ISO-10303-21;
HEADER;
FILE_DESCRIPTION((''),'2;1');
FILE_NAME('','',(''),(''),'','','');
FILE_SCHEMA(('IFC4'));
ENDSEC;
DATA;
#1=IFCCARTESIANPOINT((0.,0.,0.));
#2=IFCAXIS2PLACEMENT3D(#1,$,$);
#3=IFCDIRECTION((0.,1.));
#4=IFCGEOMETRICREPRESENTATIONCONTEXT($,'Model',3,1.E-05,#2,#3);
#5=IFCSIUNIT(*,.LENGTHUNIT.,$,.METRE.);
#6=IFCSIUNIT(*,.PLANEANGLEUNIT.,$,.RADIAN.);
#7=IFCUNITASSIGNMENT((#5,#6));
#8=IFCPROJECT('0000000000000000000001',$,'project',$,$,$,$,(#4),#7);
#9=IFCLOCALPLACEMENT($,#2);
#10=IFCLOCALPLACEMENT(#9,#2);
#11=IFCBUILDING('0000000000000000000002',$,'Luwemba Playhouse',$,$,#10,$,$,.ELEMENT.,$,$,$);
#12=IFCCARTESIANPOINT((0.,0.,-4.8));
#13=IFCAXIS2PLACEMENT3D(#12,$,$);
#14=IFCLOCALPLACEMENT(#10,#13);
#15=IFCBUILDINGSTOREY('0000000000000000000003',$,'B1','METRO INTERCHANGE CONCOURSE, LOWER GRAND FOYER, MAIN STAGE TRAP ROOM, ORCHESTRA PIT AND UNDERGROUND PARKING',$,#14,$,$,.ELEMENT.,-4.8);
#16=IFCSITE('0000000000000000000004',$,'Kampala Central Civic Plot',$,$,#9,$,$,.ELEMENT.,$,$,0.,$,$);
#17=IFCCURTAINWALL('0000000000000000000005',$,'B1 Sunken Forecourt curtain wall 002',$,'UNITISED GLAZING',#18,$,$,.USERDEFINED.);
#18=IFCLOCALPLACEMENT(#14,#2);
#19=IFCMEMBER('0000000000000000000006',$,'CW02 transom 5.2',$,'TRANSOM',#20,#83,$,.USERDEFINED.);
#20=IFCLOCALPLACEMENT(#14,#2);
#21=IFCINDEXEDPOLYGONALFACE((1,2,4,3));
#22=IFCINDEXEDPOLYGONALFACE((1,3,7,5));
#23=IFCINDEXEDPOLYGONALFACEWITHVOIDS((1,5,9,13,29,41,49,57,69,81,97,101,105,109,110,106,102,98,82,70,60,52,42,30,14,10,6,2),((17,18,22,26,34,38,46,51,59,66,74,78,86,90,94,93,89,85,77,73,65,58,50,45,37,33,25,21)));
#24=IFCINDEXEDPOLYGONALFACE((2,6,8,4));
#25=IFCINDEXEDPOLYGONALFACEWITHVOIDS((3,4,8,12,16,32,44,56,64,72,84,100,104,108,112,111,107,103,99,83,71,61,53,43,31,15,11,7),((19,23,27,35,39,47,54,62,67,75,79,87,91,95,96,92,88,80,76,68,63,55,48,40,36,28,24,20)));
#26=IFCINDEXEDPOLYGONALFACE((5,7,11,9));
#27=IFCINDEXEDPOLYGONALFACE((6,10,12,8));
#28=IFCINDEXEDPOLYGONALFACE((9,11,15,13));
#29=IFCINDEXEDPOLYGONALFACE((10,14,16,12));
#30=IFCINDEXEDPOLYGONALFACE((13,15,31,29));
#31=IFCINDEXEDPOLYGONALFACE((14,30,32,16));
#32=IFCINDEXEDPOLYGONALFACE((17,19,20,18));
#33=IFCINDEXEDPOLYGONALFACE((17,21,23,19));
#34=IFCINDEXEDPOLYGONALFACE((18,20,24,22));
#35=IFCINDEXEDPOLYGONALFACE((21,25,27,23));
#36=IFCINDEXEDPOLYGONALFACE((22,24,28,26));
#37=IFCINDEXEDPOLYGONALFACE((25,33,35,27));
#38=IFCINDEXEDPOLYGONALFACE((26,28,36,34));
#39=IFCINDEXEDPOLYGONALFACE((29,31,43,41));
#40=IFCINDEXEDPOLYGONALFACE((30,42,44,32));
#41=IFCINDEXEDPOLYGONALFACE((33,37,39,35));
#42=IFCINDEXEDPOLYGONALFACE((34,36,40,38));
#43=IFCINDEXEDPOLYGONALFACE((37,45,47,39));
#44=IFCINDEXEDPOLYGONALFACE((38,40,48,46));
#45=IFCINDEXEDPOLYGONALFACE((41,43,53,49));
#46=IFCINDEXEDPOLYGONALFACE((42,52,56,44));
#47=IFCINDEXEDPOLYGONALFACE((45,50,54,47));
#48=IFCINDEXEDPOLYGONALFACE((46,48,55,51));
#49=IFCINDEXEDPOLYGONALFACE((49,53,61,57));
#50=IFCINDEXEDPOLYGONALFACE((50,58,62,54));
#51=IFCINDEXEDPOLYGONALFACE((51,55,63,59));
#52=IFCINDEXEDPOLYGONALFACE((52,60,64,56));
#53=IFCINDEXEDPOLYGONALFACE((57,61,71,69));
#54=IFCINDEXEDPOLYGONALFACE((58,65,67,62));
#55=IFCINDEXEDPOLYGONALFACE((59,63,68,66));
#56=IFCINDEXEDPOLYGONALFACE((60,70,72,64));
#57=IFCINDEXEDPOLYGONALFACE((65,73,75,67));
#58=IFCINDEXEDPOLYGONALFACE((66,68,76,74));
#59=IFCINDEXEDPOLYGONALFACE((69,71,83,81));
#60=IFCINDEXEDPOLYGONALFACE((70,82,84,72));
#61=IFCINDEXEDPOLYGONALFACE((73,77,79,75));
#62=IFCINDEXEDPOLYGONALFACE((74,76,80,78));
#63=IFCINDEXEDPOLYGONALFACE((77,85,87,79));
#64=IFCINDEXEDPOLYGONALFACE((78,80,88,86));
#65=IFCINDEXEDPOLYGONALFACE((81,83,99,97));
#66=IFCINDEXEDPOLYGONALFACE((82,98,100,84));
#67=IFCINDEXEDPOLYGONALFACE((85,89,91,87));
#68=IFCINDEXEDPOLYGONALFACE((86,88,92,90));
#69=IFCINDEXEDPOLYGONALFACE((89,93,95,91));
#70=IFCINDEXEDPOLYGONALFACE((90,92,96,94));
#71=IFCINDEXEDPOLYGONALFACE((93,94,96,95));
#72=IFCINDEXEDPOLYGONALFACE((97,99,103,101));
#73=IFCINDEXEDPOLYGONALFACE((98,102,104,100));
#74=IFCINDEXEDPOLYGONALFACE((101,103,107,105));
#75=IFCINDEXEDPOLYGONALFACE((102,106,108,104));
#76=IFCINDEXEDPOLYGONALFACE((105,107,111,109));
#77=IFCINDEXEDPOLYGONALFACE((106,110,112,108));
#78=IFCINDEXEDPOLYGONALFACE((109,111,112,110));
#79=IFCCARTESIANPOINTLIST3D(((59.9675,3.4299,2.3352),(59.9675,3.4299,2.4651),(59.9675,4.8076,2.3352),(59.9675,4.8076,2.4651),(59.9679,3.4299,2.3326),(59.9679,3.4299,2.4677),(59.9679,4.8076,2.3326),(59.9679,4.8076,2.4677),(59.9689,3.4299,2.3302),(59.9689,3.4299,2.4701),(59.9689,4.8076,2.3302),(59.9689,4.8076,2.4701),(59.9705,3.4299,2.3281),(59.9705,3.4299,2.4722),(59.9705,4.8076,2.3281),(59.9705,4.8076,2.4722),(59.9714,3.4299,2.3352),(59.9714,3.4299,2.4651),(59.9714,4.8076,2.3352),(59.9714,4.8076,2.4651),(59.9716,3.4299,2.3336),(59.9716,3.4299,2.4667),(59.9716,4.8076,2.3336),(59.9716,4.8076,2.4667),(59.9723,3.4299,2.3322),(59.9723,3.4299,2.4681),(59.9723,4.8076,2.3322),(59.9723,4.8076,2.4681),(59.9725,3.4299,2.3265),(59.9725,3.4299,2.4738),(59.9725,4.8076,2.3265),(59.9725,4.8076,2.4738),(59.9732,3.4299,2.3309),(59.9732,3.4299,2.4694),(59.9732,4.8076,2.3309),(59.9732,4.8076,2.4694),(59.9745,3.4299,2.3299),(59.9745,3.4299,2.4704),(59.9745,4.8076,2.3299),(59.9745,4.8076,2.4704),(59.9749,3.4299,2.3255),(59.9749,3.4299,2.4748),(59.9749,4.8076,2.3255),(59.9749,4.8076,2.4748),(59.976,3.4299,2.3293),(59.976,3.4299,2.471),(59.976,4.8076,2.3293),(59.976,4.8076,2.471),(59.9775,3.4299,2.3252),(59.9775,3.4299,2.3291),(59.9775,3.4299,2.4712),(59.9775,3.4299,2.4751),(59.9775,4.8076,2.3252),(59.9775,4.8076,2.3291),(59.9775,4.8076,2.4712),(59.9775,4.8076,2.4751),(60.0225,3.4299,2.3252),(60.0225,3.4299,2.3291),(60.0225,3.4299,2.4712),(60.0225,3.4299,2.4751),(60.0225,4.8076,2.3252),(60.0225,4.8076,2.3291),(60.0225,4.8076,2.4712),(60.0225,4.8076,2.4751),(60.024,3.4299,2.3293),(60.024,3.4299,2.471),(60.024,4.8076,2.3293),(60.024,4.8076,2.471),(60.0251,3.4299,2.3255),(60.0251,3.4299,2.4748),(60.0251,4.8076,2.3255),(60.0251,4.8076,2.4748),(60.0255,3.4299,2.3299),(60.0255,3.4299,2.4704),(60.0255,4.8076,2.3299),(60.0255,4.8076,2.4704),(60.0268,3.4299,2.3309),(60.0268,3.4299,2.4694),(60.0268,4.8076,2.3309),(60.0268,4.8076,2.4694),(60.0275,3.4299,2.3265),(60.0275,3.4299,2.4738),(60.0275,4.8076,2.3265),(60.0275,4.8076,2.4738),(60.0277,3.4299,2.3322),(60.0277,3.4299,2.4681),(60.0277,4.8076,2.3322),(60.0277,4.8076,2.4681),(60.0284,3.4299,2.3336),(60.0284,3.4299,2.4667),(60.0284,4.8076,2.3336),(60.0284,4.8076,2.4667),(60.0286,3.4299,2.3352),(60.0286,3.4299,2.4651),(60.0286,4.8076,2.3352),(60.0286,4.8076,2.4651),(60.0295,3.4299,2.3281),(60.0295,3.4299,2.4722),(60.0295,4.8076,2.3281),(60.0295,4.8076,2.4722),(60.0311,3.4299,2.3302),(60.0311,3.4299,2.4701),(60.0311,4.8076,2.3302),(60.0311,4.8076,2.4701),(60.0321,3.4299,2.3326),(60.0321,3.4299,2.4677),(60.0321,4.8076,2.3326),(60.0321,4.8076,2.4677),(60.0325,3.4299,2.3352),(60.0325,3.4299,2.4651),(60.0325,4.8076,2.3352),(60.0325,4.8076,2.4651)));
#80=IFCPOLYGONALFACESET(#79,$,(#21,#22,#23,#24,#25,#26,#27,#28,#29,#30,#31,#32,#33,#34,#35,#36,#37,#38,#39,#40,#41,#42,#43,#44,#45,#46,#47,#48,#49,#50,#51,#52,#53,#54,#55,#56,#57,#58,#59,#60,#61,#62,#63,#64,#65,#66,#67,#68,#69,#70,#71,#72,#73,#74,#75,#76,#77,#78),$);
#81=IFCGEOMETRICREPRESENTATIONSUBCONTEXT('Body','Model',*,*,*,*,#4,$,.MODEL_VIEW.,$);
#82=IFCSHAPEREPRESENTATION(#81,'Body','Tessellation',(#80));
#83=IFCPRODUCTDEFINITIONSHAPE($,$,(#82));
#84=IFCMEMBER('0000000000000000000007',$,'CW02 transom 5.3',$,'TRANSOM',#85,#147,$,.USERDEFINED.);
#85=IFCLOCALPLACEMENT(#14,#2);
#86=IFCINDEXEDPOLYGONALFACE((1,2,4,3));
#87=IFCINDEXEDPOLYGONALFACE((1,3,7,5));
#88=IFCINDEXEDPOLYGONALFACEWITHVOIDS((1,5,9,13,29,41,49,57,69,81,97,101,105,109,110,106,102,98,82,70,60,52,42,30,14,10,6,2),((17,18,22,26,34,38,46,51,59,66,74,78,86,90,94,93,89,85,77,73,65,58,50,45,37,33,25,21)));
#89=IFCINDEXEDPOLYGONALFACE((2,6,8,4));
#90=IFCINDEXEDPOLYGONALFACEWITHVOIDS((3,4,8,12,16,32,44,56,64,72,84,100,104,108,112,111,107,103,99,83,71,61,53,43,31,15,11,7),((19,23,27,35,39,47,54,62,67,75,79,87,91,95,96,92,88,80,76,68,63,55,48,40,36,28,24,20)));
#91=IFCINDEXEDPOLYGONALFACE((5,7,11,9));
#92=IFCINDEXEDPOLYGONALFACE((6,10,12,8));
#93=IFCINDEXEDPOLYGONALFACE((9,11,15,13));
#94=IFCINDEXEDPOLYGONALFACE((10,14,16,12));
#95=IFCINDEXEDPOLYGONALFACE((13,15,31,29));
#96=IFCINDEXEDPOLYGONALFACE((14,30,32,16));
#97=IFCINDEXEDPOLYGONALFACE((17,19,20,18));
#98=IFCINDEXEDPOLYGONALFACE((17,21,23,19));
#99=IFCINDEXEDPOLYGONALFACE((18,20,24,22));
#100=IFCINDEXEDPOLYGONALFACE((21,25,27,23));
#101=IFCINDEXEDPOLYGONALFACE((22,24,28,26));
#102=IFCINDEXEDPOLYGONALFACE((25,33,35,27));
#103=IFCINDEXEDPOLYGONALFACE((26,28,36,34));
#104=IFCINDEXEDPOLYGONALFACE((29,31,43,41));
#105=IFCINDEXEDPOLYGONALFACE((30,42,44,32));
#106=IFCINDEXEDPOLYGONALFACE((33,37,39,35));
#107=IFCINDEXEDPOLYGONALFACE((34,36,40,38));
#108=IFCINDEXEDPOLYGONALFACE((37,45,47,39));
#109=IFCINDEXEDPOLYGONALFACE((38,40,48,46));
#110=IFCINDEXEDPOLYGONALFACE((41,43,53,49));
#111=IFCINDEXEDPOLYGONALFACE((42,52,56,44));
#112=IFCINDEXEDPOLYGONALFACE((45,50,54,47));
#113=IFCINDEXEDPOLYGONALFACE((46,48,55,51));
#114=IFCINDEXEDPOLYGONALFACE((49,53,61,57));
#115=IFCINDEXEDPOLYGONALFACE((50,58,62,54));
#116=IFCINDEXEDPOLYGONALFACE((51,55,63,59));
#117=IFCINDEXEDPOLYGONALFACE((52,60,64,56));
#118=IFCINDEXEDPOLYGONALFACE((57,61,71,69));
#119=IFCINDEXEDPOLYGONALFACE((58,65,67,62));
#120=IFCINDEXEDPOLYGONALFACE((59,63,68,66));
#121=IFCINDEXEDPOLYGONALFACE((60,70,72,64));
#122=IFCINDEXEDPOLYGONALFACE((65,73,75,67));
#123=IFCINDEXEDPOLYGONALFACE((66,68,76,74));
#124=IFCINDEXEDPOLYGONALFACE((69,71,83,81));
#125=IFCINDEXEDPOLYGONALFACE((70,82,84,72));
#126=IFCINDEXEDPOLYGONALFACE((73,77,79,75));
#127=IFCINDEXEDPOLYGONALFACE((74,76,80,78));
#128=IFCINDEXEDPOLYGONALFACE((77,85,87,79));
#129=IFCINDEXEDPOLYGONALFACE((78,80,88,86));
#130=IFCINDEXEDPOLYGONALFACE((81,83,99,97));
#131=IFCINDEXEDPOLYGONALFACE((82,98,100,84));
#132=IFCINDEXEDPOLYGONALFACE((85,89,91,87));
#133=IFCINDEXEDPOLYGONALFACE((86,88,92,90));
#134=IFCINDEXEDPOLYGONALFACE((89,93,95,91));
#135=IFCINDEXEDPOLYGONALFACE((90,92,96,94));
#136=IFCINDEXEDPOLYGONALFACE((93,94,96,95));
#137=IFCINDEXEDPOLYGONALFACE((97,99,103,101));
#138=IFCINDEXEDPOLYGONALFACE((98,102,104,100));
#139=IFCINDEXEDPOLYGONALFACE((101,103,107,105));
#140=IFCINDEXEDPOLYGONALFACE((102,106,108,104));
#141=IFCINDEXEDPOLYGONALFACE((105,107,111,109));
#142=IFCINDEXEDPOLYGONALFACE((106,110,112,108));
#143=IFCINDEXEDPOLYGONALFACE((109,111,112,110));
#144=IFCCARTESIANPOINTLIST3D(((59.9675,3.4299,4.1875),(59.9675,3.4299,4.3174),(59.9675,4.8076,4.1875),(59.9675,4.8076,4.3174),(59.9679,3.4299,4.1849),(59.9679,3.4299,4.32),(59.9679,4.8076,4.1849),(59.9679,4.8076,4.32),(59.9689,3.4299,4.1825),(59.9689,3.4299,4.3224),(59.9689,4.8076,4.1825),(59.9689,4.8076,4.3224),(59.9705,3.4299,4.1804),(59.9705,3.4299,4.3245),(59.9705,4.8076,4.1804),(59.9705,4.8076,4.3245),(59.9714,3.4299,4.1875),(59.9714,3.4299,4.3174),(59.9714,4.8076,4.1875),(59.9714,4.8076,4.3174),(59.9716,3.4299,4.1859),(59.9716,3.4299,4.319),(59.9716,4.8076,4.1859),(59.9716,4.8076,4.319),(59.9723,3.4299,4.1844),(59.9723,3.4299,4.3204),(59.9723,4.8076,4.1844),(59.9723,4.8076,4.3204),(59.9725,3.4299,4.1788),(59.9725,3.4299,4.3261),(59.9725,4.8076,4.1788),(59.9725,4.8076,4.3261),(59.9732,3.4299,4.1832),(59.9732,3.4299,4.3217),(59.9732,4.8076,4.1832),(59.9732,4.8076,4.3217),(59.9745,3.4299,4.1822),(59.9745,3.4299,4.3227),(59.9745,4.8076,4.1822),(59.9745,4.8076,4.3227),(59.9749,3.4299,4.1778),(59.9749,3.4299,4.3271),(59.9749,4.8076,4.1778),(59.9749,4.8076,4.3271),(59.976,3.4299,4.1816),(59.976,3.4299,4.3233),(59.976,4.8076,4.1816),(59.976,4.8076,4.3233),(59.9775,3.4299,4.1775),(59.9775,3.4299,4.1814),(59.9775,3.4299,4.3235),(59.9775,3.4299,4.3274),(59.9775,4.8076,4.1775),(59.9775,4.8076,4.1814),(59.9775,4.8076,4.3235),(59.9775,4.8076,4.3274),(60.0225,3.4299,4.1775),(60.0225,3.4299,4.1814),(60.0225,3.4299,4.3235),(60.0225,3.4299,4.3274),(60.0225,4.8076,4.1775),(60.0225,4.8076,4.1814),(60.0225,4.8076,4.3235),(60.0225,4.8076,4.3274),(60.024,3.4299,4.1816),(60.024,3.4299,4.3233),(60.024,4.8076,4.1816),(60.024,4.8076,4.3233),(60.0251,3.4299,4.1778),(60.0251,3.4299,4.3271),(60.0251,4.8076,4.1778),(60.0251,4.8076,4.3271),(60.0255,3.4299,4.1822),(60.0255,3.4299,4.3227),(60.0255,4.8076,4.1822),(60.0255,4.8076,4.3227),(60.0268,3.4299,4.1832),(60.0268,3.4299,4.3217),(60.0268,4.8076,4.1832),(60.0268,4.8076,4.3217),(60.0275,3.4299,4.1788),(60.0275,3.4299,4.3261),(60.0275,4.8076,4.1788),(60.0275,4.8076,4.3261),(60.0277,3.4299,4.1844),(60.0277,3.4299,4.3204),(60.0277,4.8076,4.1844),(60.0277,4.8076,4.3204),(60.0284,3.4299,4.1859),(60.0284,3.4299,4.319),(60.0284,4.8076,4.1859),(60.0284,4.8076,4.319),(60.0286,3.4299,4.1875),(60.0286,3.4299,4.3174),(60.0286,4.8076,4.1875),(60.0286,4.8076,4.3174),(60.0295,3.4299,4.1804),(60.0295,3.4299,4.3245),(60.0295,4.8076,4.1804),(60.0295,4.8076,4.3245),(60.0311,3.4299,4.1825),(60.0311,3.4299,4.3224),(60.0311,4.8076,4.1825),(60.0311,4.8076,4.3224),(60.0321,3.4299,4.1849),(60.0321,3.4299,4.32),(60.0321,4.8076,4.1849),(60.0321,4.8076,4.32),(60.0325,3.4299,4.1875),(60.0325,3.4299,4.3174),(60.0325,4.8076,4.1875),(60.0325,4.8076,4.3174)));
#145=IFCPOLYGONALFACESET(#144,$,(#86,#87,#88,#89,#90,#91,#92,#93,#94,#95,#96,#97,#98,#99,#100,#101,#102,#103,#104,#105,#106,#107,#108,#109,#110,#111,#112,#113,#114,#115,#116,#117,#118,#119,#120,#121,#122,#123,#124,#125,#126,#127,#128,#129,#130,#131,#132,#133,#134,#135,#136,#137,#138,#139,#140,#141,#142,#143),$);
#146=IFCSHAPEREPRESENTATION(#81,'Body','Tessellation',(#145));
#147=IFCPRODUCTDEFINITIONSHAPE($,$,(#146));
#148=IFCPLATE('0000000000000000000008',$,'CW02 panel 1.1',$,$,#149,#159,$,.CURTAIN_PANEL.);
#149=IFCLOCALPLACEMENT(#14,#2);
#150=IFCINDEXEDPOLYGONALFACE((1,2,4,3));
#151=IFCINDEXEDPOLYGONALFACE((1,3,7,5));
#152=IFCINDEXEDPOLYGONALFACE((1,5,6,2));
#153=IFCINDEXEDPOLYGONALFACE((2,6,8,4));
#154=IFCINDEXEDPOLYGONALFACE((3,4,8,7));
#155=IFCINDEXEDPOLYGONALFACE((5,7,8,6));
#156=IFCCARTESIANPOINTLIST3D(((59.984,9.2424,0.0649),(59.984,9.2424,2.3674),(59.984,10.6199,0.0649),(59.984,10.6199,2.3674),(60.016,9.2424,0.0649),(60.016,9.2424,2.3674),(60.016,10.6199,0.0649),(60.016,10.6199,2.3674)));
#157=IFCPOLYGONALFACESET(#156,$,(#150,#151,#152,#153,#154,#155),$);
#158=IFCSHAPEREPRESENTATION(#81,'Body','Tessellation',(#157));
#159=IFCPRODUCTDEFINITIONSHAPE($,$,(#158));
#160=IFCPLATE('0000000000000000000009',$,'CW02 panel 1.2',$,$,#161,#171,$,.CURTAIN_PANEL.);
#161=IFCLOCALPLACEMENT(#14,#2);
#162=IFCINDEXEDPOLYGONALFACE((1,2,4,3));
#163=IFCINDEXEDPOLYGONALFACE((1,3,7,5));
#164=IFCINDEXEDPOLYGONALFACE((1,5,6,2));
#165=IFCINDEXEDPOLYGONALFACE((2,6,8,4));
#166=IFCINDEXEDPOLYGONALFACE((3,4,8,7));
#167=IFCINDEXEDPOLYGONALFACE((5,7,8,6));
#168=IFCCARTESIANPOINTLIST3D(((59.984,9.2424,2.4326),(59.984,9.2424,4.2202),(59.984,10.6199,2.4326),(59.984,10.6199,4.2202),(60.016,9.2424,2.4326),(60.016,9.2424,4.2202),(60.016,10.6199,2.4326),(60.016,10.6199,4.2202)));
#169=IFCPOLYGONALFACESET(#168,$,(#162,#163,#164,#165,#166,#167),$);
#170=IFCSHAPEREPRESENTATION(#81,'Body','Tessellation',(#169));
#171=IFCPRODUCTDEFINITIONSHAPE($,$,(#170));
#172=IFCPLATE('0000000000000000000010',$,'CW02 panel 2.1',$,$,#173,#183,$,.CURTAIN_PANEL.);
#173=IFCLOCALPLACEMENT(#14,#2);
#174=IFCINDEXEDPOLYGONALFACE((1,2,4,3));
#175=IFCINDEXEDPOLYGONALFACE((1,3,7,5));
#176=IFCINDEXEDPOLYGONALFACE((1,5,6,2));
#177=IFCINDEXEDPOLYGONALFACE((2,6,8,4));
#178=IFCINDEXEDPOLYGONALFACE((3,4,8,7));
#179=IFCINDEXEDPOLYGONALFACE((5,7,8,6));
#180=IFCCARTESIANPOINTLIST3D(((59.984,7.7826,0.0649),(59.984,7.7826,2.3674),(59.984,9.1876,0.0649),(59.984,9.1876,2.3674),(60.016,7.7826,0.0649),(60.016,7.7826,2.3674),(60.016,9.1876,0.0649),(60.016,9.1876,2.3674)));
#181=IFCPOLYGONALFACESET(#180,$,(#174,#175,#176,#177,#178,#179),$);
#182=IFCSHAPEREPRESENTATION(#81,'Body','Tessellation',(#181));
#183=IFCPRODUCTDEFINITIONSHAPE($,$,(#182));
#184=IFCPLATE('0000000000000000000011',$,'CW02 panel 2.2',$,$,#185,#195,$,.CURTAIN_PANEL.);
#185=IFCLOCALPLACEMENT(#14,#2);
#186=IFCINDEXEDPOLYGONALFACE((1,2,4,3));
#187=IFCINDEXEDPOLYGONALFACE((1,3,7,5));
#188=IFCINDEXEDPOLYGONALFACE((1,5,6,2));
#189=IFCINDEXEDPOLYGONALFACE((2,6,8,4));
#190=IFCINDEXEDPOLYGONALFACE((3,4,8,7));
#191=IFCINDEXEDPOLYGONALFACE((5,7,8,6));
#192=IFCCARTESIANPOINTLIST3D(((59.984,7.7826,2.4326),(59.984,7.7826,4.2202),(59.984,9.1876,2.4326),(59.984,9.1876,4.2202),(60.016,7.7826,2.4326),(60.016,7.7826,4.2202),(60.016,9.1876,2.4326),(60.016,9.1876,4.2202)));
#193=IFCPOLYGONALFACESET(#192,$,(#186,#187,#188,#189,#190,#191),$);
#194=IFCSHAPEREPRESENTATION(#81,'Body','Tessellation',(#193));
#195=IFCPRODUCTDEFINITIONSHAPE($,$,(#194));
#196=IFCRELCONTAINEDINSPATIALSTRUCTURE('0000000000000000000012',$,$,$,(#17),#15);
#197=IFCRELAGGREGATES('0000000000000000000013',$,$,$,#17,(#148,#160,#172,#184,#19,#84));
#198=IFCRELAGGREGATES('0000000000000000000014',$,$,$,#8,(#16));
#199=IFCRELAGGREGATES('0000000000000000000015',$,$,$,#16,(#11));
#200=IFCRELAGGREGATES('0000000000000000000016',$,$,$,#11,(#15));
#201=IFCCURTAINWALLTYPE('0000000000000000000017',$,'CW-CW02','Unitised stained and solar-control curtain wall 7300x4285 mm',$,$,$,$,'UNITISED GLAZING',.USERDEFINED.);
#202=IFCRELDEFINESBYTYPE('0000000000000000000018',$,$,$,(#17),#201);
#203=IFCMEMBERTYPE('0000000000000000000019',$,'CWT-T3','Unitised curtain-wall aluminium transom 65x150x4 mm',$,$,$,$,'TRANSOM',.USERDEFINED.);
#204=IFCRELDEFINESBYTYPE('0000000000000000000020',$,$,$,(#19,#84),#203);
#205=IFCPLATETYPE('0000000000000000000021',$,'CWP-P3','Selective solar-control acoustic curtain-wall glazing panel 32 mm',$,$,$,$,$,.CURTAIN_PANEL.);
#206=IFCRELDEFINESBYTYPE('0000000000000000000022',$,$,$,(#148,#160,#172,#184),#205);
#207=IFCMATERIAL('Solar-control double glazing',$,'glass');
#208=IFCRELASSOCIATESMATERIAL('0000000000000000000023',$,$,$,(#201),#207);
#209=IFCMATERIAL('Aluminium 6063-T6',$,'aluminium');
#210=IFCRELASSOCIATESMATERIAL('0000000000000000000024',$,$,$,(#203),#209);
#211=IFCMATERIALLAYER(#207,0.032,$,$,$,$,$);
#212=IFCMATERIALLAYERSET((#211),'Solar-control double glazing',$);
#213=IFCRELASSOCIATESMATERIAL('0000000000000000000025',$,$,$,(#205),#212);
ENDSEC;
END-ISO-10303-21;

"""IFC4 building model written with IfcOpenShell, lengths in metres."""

from ifc_helpers import new_model, si_unit, direction, frame, origin, origin_2d, place, context, subcontext, project, spatial, rectangle, hollow_rectangle, extrude, material, layer, layer_set, material_profile, profile_set, type_object, element, aggregate, save


model = new_model("IFC4")

# Units and contexts
model_context = context("Model", 3, precision=1e-05, world=origin(), true_north=direction((0.0, 1.0)))
body_context = subcontext(model_context, "Body", "Model", "MODEL_VIEW")
ifc_project = project(units=[si_unit("LENGTHUNIT", "METRE"), si_unit("PLANEANGLEUNIT", "RADIAN")], contexts=[model_context])

# Site, building, storey
site_placement = place(None, origin())
site = spatial("IfcSite", under=ifc_project, at=site_placement, Name="Kampala Central Civic Plot", CompositionType="ELEMENT", RefElevation=0.0)
building_placement = place(site_placement, origin())
building = spatial("IfcBuilding", under=site, at=building_placement, Name="Luwemba Playhouse", CompositionType="ELEMENT")
storey_placement = place(building_placement, frame((0.0, 0.0, -4.8)))
storey = spatial("IfcBuildingStorey", under=building, at=storey_placement, Name="B1", Description="METRO INTERCHANGE CONCOURSE, LOWER GRAND FOYER, MAIN STAGE TRAP ROOM, ORCHESTRA PIT AND UNDERGROUND PARKING", CompositionType="ELEMENT", Elevation=-4.8)

# Curtain wall, members, plates
ifc_material_1 = material(Name="Solar-control double glazing", Category="glass")
curtain_wall_type = type_object("IfcCurtainWallType", Name="CW-CW02", Description="Unitised stained and solar-control curtain wall 7300x4285 mm", ElementType="UNITISED GLAZING", PredefinedType="USERDEFINED", material=ifc_material_1)
curtain_wall_placement = place(storey_placement, origin())
curtain_wall = element("IfcCurtainWall", 1, at=curtain_wall_placement, inside=storey, type_object=curtain_wall_type, Name="B1 Sunken Forecourt curtain wall 002", ObjectType="UNITISED GLAZING", PredefinedType="USERDEFINED")
ifc_material_2 = material(Name="Aluminium 6063-T6", Category="aluminium")
ifc_material_profile_1 = material_profile(ifc_material_2, hollow_rectangle(XDim=0.0649, YDim=0.1499, WallThickness=0.0039, InnerFilletRadius=0.0061, OuterFilletRadius=0.01, at=origin_2d()))
ifc_profile_set_1 = profile_set([ifc_material_profile_1], Name="Aluminium 6063-T6")
member_type_1 = type_object("IfcMemberType", Name="CWT-T3", Description="Unitised curtain-wall aluminium transom 65x150x4 mm", ElementType="TRANSOM", PredefinedType="USERDEFINED", material=ifc_profile_set_1)
member_1_placement = place(storey_placement, frame((60.0, 4.8076, 2.4001), z_axis=(0.0, -1.0, 0.0), x_axis=(1.0, 0.0, 0.0)))
member_1 = element("IfcMember", 2, at=member_1_placement, type_object=member_type_1, Name="CW02 transom 5.2", ObjectType="TRANSOM", PredefinedType="USERDEFINED", context=body_context, shape_type="SweptSolid", body=[
    extrude(hollow_rectangle(XDim=0.0649, YDim=0.1499, WallThickness=0.0039, InnerFilletRadius=0.0061, OuterFilletRadius=0.01, at=origin_2d()), origin(), (0.0, 0.0, 1.0), 1.3777),
])
member_2_placement = place(storey_placement, frame((60.0, 4.8076, 4.2524), z_axis=(0.0, -1.0, 0.0), x_axis=(1.0, 0.0, 0.0)))
member_2 = element("IfcMember", 3, at=member_2_placement, type_object=member_type_1, Name="CW02 transom 5.3", ObjectType="TRANSOM", PredefinedType="USERDEFINED", context=body_context, shape_type="SweptSolid", body=[
    extrude(hollow_rectangle(XDim=0.0649, YDim=0.1499, WallThickness=0.0039, InnerFilletRadius=0.0061, OuterFilletRadius=0.01, at=origin_2d()), origin(), (0.0, 0.0, 1.0), 1.3777),
])
ifc_layer_1 = layer(ifc_material_1, 0.032)
ifc_layer_set_1 = layer_set([ifc_layer_1], Name="Solar-control double glazing")
plate_type = type_object("IfcPlateType", Name="CWP-P3", Description="Selective solar-control acoustic curtain-wall glazing panel 32 mm", PredefinedType="CURTAIN_PANEL", material=ifc_layer_set_1)
plate_1_placement = place(storey_placement, frame((60.0, 9.9312, 0.0649), z_axis=(0.0, 0.0, 1.0), x_axis=(0.0, -1.0, 0.0)))
plate_1 = element("IfcPlate", 4, at=plate_1_placement, type_object=plate_type, Name="CW02 panel 1.1", PredefinedType="CURTAIN_PANEL", context=body_context, shape_type="SweptSolid", body=[
    extrude(rectangle(XDim=1.3774, YDim=0.032, at=origin_2d()), origin(), (0.0, 0.0, 1.0), 2.3025),
])
plate_2_placement = place(storey_placement, frame((60.0, 9.9312, 2.4326), z_axis=(0.0, 0.0, 1.0), x_axis=(0.0, -1.0, 0.0)))
plate_2 = element("IfcPlate", 5, at=plate_2_placement, type_object=plate_type, Name="CW02 panel 1.2", PredefinedType="CURTAIN_PANEL", context=body_context, shape_type="SweptSolid", body=[
    extrude(rectangle(XDim=1.3774, YDim=0.032, at=origin_2d()), origin(), (0.0, 0.0, 1.0), 1.7876),
])
plate_3_placement = place(storey_placement, frame((60.0, 8.4851, 0.0649), z_axis=(0.0, 0.0, 1.0), x_axis=(0.0, -1.0, 0.0)))
plate_3 = element("IfcPlate", 6, at=plate_3_placement, type_object=plate_type, Name="CW02 panel 2.1", PredefinedType="CURTAIN_PANEL", context=body_context, shape_type="SweptSolid", body=[
    extrude(rectangle(XDim=1.405, YDim=0.032, at=origin_2d()), origin(), (0.0, 0.0, 1.0), 2.3025),
])
plate_4_placement = place(storey_placement, frame((60.0, 8.4851, 2.4326), z_axis=(0.0, 0.0, 1.0), x_axis=(0.0, -1.0, 0.0)))
plate_4 = element("IfcPlate", 7, at=plate_4_placement, type_object=plate_type, Name="CW02 panel 2.2", PredefinedType="CURTAIN_PANEL", context=body_context, shape_type="SweptSolid", body=[
    extrude(rectangle(XDim=1.405, YDim=0.032, at=origin_2d()), origin(), (0.0, 0.0, 1.0), 1.7876),
])
aggregate(curtain_wall, [plate_1, plate_2, plate_3, plate_4, member_1, member_2])

save(model, "model.ifc")
